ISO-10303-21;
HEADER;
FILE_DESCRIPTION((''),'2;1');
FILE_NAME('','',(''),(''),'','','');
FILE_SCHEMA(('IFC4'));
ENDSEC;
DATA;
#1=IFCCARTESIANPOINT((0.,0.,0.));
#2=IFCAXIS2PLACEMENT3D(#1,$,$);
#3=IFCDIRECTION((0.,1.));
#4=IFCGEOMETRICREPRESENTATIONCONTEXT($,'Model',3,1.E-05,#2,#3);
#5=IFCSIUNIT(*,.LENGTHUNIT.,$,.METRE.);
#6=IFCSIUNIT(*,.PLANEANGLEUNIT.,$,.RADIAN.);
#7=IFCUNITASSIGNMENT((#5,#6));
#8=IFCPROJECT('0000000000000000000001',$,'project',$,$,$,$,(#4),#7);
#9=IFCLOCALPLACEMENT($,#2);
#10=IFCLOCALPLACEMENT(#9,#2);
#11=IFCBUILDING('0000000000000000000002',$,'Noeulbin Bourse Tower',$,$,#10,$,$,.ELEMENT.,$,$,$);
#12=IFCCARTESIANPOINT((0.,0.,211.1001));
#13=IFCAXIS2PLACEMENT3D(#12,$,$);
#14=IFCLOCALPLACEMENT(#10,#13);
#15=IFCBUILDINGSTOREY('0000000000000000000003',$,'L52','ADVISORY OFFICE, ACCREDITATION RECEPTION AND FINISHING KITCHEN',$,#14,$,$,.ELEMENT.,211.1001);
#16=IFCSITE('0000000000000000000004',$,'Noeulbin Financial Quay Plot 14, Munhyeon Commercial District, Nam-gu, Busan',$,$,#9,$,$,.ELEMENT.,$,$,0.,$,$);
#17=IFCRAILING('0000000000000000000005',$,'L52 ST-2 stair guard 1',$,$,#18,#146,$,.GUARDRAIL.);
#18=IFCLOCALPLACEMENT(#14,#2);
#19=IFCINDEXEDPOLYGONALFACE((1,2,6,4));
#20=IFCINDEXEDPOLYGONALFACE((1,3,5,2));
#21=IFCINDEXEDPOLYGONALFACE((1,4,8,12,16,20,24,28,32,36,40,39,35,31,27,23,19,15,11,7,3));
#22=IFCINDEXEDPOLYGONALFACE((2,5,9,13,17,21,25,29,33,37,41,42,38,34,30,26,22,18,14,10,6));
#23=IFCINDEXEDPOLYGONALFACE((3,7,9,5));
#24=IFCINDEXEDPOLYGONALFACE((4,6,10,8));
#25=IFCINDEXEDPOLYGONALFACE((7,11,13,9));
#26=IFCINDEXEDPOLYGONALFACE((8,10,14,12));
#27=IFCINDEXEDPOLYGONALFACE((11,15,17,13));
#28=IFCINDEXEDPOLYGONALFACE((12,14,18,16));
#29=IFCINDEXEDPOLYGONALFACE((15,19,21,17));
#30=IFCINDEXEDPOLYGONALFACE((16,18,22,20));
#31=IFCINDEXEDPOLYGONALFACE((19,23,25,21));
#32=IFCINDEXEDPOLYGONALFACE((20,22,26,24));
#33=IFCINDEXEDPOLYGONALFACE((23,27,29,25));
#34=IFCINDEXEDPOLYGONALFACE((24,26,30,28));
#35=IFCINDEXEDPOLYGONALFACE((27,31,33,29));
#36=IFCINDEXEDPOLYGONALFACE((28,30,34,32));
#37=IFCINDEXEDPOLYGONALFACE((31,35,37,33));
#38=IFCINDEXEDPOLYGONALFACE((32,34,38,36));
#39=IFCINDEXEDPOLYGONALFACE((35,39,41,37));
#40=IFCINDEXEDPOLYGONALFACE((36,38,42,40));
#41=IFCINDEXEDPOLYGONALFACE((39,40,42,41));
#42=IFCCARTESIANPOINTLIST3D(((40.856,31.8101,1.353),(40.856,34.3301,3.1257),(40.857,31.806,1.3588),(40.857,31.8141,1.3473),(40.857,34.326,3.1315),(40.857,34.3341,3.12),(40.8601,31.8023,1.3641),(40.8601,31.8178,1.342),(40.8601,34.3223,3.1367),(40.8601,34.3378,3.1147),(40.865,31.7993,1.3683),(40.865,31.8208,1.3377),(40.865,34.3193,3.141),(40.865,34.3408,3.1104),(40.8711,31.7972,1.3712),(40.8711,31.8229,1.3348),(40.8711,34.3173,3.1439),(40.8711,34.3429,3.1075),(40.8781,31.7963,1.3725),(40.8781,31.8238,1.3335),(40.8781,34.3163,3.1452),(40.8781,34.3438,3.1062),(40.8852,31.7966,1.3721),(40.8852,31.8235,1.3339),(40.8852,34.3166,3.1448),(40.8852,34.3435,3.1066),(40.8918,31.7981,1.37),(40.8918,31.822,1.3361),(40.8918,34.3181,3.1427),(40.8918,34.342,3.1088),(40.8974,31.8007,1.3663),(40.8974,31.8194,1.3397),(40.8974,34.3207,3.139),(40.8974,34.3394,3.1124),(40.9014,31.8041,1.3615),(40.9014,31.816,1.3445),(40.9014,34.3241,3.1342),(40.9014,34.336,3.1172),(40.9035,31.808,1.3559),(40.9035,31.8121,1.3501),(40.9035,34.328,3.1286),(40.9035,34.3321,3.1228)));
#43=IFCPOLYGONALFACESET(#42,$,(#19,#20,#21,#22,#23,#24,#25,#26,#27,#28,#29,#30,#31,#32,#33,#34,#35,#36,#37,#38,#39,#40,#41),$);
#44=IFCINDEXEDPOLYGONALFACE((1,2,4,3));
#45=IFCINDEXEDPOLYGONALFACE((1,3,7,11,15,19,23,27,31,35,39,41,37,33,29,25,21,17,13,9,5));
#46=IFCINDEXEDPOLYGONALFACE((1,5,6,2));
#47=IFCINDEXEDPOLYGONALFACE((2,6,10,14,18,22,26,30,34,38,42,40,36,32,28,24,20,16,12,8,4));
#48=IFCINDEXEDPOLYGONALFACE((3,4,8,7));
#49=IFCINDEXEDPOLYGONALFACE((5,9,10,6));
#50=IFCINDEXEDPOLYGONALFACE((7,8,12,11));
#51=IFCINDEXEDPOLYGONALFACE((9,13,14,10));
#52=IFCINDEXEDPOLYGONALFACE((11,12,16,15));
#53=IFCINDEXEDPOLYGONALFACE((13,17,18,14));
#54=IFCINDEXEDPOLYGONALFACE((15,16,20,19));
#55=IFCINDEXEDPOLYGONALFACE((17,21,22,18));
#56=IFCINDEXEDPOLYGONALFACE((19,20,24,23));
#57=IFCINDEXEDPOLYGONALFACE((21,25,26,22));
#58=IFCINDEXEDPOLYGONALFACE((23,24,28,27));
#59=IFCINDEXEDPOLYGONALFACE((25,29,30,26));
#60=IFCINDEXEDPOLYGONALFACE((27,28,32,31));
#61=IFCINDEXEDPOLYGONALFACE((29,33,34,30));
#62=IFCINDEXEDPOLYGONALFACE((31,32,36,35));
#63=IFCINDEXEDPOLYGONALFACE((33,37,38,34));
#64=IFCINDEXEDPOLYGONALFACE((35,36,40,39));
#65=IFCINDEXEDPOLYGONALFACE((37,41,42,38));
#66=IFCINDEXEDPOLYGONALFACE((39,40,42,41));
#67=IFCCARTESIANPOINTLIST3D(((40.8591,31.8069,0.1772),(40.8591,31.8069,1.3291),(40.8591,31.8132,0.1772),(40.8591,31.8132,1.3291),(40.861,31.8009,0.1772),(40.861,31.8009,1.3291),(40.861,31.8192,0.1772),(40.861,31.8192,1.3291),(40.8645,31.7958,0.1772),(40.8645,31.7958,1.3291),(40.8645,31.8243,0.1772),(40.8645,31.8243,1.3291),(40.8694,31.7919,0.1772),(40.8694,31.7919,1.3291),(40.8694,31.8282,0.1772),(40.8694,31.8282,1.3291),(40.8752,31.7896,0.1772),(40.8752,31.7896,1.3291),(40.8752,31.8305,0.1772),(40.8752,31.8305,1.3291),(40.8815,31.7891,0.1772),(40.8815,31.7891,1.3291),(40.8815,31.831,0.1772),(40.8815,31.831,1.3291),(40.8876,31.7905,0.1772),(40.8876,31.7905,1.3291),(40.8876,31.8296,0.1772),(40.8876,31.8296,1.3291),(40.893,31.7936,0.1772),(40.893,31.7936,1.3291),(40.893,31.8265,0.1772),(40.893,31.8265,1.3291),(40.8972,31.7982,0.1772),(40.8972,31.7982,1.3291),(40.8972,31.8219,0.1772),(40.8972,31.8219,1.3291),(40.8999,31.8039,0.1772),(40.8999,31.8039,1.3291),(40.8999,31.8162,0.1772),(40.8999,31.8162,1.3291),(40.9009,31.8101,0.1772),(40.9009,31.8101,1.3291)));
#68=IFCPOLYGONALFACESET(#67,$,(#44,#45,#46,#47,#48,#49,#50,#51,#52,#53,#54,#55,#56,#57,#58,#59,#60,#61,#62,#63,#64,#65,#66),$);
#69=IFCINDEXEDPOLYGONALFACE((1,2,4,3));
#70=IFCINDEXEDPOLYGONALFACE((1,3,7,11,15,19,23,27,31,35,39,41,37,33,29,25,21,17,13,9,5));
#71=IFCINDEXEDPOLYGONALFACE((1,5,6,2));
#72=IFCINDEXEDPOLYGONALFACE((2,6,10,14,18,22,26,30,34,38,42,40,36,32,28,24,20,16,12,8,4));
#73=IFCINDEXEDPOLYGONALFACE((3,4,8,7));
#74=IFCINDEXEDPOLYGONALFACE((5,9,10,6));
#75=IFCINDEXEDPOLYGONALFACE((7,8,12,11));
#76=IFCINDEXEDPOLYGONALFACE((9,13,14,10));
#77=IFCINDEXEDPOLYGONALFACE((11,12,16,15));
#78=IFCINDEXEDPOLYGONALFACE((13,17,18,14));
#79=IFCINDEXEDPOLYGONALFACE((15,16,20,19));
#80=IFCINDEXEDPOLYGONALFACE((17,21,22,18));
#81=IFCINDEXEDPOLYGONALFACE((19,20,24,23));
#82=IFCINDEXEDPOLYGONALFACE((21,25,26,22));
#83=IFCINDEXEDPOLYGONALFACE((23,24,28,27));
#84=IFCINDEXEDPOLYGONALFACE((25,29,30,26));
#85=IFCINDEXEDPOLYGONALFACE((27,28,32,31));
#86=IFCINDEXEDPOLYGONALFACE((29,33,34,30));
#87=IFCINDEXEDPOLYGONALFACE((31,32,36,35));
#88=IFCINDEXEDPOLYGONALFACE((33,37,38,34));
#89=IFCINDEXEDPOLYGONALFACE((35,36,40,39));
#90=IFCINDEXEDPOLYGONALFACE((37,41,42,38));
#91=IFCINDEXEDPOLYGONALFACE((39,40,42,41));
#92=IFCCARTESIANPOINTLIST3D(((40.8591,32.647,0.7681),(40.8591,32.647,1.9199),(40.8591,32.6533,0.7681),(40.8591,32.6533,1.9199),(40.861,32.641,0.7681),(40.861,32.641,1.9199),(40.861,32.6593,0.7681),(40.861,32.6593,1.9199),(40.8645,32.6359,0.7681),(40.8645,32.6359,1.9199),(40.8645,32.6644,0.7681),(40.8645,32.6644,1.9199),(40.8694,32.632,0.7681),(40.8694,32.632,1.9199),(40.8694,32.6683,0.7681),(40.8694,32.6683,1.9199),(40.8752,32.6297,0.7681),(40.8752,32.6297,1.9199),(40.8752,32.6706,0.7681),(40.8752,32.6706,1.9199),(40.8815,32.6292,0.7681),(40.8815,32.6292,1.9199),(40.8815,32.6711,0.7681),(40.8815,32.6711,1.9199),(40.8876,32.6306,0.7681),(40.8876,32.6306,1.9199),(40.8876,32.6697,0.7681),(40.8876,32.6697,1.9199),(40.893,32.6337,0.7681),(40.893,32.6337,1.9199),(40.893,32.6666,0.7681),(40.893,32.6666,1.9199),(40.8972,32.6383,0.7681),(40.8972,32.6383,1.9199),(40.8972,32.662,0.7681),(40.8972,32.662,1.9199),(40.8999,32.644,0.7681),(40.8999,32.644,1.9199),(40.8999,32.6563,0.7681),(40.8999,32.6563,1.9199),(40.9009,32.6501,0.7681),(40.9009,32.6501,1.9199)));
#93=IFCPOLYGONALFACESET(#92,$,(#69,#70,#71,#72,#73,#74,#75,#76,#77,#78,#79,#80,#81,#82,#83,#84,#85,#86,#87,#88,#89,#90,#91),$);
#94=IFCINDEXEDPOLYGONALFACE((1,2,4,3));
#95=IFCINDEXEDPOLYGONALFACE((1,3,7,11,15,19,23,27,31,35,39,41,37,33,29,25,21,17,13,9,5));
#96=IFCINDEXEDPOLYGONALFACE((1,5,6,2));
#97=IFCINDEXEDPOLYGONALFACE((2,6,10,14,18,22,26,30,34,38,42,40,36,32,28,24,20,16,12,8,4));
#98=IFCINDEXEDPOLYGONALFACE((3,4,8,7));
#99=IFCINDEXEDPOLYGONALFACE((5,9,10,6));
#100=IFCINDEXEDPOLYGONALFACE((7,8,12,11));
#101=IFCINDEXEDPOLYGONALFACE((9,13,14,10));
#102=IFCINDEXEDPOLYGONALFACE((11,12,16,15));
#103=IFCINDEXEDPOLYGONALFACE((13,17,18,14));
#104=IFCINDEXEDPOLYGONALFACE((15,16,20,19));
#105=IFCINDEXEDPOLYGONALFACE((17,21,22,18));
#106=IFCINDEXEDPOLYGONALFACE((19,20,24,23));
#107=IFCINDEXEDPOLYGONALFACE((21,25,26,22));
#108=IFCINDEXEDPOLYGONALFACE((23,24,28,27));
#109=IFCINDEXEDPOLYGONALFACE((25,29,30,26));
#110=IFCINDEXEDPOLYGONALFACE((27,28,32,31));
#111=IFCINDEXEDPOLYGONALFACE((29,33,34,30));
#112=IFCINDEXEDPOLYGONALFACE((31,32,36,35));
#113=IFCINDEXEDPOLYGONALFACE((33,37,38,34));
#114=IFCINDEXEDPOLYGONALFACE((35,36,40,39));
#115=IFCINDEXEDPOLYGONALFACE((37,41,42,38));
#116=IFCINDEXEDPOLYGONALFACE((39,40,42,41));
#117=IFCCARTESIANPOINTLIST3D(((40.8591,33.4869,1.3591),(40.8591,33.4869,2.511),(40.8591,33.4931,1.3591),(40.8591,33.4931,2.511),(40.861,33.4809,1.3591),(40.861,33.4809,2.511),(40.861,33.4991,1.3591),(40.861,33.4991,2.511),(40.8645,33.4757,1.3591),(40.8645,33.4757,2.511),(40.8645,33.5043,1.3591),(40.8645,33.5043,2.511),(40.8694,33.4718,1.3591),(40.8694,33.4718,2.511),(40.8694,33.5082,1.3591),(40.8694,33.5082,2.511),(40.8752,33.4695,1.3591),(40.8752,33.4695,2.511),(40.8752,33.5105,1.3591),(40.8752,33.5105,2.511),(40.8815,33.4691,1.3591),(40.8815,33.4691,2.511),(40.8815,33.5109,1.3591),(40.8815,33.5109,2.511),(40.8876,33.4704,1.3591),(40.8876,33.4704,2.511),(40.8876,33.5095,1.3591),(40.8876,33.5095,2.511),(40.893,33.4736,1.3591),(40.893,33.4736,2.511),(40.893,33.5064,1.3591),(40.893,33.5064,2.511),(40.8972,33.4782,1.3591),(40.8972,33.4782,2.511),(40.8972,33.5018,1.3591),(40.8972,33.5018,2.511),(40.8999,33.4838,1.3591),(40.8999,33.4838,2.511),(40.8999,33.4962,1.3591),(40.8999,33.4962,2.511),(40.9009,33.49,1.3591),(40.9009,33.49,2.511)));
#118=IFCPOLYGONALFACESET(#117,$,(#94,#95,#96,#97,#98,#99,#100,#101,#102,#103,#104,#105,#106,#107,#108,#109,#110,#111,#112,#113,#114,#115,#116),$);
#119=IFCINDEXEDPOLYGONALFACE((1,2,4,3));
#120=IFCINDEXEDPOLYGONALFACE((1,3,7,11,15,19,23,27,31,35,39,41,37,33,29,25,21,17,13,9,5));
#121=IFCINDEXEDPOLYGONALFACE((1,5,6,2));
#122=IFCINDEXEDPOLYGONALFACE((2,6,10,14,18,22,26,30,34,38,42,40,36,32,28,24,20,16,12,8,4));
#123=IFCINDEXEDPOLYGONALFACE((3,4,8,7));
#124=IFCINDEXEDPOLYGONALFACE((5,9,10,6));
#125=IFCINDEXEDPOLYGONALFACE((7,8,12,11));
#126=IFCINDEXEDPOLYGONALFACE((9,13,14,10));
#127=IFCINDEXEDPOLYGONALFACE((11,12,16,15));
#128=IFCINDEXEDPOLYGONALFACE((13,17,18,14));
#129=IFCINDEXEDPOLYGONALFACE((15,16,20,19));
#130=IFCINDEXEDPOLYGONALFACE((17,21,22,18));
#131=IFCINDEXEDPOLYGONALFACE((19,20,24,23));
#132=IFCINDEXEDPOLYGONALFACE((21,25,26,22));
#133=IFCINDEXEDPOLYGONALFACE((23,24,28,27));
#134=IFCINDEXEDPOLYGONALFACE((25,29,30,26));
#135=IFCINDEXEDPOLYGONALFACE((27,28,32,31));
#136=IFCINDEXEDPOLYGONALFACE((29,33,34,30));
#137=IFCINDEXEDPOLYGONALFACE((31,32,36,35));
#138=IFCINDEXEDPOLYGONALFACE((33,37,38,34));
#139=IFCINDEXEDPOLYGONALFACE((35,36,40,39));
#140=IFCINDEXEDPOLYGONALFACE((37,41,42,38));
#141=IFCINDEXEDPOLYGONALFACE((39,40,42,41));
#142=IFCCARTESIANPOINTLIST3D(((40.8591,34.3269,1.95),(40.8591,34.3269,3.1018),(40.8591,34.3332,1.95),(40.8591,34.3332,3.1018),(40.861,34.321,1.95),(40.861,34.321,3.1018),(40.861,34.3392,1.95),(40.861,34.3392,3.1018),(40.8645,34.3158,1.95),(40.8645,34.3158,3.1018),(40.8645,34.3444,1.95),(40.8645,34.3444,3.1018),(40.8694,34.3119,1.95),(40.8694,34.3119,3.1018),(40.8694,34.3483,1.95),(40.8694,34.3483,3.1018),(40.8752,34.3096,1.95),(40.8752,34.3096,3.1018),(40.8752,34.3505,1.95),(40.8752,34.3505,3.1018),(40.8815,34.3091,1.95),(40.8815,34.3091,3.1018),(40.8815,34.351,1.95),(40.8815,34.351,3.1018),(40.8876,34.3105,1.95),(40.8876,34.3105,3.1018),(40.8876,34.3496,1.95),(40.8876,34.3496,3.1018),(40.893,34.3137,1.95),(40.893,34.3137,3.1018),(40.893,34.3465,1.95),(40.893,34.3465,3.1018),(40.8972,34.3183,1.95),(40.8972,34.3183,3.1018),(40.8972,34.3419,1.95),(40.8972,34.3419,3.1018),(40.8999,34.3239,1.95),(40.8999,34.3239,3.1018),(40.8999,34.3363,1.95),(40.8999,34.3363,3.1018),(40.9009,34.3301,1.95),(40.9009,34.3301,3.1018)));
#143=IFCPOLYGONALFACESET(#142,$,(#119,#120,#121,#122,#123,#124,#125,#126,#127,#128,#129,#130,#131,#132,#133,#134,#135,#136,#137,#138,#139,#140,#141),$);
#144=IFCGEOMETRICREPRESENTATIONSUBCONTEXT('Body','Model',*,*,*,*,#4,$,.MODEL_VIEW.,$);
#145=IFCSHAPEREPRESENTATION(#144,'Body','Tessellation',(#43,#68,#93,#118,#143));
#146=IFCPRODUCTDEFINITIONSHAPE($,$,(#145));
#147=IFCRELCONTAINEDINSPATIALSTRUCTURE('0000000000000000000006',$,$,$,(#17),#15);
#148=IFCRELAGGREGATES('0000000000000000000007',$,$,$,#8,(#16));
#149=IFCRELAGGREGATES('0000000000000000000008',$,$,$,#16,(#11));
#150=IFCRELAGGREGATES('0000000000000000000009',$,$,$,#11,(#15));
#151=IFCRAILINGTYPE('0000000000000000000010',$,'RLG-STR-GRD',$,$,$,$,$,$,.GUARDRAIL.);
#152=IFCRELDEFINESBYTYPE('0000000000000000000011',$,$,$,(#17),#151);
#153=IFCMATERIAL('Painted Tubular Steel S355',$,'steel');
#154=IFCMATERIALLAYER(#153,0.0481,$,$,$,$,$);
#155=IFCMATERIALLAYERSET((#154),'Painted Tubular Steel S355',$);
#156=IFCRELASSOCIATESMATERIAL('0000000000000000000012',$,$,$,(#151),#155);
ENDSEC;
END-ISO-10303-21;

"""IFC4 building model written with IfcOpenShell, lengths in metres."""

from ifc_helpers import new_model, si_unit, direction, frame, origin, origin_2d, place, context, subcontext, project, spatial, circle, extrude, material, layer, layer_set, type_object, element, save


model = new_model("IFC4")

# Units and contexts
model_context = context("Model", 3, precision=1e-05, world=origin(), true_north=direction((0.0, 1.0)))
body_context = subcontext(model_context, "Body", "Model", "MODEL_VIEW")
ifc_project = project(units=[si_unit("LENGTHUNIT", "METRE"), si_unit("PLANEANGLEUNIT", "RADIAN")], contexts=[model_context])

# Site, building, storey
site_placement = place(None, origin())
site = spatial("IfcSite", under=ifc_project, at=site_placement, Name="Noeulbin Financial Quay Plot 14, Munhyeon Commercial District, Nam-gu, Busan", CompositionType="ELEMENT", RefElevation=0.0)
building_placement = place(site_placement, origin())
building = spatial("IfcBuilding", under=site, at=building_placement, Name="Noeulbin Bourse Tower", CompositionType="ELEMENT")
storey_placement = place(building_placement, frame((0.0, 0.0, 211.1001)))
storey = spatial("IfcBuildingStorey", under=building, at=storey_placement, Name="L52", Description="ADVISORY OFFICE, ACCREDITATION RECEPTION AND FINISHING KITCHEN", CompositionType="ELEMENT", Elevation=211.1001)

# Railing
ifc_material_1 = material(Name="Painted Tubular Steel S355", Category="steel")
ifc_layer_1 = layer(ifc_material_1, 0.0481)
ifc_layer_set_1 = layer_set([ifc_layer_1], Name="Painted Tubular Steel S355")
railing_type = type_object("IfcRailingType", Name="RLG-STR-GRD", PredefinedType="GUARDRAIL", material=ifc_layer_set_1)
railing_1_placement = place(storey_placement, frame((40.8799, 31.8101, 0.1772)))
element("IfcRailing", 1, at=railing_1_placement, inside=storey, type_object=railing_type, Name="L52 ST-2 stair guard 1", PredefinedType="GUARDRAIL", context=body_context, shape_type="SweptSolid", body=[
    extrude(circle(Radius=0.0239, at=origin_2d()), frame((0.0, 0.0, 1.1758), z_axis=(0.0, 0.817904, 0.575354), x_axis=(-1.0, 0.0, 0.0)), (0.0, 0.0, 1.0), 3.0811),
    extrude(circle(Radius=0.021, at=origin_2d()), origin(), (0.0, 0.0, 1.0), 1.1519),
    extrude(circle(Radius=0.021, at=origin_2d()), frame((0.0, 0.8401, 0.5908)), (0.0, 0.0, 1.0), 1.1519),
    extrude(circle(Radius=0.021, at=origin_2d()), frame((0.0, 1.6799, 1.1819)), (0.0, 0.0, 1.0), 1.1519),
    extrude(circle(Radius=0.021, at=origin_2d()), frame((0.0, 2.52, 1.7727)), (0.0, 0.0, 1.0), 1.1519),
])

save(model, "model.ifc")
